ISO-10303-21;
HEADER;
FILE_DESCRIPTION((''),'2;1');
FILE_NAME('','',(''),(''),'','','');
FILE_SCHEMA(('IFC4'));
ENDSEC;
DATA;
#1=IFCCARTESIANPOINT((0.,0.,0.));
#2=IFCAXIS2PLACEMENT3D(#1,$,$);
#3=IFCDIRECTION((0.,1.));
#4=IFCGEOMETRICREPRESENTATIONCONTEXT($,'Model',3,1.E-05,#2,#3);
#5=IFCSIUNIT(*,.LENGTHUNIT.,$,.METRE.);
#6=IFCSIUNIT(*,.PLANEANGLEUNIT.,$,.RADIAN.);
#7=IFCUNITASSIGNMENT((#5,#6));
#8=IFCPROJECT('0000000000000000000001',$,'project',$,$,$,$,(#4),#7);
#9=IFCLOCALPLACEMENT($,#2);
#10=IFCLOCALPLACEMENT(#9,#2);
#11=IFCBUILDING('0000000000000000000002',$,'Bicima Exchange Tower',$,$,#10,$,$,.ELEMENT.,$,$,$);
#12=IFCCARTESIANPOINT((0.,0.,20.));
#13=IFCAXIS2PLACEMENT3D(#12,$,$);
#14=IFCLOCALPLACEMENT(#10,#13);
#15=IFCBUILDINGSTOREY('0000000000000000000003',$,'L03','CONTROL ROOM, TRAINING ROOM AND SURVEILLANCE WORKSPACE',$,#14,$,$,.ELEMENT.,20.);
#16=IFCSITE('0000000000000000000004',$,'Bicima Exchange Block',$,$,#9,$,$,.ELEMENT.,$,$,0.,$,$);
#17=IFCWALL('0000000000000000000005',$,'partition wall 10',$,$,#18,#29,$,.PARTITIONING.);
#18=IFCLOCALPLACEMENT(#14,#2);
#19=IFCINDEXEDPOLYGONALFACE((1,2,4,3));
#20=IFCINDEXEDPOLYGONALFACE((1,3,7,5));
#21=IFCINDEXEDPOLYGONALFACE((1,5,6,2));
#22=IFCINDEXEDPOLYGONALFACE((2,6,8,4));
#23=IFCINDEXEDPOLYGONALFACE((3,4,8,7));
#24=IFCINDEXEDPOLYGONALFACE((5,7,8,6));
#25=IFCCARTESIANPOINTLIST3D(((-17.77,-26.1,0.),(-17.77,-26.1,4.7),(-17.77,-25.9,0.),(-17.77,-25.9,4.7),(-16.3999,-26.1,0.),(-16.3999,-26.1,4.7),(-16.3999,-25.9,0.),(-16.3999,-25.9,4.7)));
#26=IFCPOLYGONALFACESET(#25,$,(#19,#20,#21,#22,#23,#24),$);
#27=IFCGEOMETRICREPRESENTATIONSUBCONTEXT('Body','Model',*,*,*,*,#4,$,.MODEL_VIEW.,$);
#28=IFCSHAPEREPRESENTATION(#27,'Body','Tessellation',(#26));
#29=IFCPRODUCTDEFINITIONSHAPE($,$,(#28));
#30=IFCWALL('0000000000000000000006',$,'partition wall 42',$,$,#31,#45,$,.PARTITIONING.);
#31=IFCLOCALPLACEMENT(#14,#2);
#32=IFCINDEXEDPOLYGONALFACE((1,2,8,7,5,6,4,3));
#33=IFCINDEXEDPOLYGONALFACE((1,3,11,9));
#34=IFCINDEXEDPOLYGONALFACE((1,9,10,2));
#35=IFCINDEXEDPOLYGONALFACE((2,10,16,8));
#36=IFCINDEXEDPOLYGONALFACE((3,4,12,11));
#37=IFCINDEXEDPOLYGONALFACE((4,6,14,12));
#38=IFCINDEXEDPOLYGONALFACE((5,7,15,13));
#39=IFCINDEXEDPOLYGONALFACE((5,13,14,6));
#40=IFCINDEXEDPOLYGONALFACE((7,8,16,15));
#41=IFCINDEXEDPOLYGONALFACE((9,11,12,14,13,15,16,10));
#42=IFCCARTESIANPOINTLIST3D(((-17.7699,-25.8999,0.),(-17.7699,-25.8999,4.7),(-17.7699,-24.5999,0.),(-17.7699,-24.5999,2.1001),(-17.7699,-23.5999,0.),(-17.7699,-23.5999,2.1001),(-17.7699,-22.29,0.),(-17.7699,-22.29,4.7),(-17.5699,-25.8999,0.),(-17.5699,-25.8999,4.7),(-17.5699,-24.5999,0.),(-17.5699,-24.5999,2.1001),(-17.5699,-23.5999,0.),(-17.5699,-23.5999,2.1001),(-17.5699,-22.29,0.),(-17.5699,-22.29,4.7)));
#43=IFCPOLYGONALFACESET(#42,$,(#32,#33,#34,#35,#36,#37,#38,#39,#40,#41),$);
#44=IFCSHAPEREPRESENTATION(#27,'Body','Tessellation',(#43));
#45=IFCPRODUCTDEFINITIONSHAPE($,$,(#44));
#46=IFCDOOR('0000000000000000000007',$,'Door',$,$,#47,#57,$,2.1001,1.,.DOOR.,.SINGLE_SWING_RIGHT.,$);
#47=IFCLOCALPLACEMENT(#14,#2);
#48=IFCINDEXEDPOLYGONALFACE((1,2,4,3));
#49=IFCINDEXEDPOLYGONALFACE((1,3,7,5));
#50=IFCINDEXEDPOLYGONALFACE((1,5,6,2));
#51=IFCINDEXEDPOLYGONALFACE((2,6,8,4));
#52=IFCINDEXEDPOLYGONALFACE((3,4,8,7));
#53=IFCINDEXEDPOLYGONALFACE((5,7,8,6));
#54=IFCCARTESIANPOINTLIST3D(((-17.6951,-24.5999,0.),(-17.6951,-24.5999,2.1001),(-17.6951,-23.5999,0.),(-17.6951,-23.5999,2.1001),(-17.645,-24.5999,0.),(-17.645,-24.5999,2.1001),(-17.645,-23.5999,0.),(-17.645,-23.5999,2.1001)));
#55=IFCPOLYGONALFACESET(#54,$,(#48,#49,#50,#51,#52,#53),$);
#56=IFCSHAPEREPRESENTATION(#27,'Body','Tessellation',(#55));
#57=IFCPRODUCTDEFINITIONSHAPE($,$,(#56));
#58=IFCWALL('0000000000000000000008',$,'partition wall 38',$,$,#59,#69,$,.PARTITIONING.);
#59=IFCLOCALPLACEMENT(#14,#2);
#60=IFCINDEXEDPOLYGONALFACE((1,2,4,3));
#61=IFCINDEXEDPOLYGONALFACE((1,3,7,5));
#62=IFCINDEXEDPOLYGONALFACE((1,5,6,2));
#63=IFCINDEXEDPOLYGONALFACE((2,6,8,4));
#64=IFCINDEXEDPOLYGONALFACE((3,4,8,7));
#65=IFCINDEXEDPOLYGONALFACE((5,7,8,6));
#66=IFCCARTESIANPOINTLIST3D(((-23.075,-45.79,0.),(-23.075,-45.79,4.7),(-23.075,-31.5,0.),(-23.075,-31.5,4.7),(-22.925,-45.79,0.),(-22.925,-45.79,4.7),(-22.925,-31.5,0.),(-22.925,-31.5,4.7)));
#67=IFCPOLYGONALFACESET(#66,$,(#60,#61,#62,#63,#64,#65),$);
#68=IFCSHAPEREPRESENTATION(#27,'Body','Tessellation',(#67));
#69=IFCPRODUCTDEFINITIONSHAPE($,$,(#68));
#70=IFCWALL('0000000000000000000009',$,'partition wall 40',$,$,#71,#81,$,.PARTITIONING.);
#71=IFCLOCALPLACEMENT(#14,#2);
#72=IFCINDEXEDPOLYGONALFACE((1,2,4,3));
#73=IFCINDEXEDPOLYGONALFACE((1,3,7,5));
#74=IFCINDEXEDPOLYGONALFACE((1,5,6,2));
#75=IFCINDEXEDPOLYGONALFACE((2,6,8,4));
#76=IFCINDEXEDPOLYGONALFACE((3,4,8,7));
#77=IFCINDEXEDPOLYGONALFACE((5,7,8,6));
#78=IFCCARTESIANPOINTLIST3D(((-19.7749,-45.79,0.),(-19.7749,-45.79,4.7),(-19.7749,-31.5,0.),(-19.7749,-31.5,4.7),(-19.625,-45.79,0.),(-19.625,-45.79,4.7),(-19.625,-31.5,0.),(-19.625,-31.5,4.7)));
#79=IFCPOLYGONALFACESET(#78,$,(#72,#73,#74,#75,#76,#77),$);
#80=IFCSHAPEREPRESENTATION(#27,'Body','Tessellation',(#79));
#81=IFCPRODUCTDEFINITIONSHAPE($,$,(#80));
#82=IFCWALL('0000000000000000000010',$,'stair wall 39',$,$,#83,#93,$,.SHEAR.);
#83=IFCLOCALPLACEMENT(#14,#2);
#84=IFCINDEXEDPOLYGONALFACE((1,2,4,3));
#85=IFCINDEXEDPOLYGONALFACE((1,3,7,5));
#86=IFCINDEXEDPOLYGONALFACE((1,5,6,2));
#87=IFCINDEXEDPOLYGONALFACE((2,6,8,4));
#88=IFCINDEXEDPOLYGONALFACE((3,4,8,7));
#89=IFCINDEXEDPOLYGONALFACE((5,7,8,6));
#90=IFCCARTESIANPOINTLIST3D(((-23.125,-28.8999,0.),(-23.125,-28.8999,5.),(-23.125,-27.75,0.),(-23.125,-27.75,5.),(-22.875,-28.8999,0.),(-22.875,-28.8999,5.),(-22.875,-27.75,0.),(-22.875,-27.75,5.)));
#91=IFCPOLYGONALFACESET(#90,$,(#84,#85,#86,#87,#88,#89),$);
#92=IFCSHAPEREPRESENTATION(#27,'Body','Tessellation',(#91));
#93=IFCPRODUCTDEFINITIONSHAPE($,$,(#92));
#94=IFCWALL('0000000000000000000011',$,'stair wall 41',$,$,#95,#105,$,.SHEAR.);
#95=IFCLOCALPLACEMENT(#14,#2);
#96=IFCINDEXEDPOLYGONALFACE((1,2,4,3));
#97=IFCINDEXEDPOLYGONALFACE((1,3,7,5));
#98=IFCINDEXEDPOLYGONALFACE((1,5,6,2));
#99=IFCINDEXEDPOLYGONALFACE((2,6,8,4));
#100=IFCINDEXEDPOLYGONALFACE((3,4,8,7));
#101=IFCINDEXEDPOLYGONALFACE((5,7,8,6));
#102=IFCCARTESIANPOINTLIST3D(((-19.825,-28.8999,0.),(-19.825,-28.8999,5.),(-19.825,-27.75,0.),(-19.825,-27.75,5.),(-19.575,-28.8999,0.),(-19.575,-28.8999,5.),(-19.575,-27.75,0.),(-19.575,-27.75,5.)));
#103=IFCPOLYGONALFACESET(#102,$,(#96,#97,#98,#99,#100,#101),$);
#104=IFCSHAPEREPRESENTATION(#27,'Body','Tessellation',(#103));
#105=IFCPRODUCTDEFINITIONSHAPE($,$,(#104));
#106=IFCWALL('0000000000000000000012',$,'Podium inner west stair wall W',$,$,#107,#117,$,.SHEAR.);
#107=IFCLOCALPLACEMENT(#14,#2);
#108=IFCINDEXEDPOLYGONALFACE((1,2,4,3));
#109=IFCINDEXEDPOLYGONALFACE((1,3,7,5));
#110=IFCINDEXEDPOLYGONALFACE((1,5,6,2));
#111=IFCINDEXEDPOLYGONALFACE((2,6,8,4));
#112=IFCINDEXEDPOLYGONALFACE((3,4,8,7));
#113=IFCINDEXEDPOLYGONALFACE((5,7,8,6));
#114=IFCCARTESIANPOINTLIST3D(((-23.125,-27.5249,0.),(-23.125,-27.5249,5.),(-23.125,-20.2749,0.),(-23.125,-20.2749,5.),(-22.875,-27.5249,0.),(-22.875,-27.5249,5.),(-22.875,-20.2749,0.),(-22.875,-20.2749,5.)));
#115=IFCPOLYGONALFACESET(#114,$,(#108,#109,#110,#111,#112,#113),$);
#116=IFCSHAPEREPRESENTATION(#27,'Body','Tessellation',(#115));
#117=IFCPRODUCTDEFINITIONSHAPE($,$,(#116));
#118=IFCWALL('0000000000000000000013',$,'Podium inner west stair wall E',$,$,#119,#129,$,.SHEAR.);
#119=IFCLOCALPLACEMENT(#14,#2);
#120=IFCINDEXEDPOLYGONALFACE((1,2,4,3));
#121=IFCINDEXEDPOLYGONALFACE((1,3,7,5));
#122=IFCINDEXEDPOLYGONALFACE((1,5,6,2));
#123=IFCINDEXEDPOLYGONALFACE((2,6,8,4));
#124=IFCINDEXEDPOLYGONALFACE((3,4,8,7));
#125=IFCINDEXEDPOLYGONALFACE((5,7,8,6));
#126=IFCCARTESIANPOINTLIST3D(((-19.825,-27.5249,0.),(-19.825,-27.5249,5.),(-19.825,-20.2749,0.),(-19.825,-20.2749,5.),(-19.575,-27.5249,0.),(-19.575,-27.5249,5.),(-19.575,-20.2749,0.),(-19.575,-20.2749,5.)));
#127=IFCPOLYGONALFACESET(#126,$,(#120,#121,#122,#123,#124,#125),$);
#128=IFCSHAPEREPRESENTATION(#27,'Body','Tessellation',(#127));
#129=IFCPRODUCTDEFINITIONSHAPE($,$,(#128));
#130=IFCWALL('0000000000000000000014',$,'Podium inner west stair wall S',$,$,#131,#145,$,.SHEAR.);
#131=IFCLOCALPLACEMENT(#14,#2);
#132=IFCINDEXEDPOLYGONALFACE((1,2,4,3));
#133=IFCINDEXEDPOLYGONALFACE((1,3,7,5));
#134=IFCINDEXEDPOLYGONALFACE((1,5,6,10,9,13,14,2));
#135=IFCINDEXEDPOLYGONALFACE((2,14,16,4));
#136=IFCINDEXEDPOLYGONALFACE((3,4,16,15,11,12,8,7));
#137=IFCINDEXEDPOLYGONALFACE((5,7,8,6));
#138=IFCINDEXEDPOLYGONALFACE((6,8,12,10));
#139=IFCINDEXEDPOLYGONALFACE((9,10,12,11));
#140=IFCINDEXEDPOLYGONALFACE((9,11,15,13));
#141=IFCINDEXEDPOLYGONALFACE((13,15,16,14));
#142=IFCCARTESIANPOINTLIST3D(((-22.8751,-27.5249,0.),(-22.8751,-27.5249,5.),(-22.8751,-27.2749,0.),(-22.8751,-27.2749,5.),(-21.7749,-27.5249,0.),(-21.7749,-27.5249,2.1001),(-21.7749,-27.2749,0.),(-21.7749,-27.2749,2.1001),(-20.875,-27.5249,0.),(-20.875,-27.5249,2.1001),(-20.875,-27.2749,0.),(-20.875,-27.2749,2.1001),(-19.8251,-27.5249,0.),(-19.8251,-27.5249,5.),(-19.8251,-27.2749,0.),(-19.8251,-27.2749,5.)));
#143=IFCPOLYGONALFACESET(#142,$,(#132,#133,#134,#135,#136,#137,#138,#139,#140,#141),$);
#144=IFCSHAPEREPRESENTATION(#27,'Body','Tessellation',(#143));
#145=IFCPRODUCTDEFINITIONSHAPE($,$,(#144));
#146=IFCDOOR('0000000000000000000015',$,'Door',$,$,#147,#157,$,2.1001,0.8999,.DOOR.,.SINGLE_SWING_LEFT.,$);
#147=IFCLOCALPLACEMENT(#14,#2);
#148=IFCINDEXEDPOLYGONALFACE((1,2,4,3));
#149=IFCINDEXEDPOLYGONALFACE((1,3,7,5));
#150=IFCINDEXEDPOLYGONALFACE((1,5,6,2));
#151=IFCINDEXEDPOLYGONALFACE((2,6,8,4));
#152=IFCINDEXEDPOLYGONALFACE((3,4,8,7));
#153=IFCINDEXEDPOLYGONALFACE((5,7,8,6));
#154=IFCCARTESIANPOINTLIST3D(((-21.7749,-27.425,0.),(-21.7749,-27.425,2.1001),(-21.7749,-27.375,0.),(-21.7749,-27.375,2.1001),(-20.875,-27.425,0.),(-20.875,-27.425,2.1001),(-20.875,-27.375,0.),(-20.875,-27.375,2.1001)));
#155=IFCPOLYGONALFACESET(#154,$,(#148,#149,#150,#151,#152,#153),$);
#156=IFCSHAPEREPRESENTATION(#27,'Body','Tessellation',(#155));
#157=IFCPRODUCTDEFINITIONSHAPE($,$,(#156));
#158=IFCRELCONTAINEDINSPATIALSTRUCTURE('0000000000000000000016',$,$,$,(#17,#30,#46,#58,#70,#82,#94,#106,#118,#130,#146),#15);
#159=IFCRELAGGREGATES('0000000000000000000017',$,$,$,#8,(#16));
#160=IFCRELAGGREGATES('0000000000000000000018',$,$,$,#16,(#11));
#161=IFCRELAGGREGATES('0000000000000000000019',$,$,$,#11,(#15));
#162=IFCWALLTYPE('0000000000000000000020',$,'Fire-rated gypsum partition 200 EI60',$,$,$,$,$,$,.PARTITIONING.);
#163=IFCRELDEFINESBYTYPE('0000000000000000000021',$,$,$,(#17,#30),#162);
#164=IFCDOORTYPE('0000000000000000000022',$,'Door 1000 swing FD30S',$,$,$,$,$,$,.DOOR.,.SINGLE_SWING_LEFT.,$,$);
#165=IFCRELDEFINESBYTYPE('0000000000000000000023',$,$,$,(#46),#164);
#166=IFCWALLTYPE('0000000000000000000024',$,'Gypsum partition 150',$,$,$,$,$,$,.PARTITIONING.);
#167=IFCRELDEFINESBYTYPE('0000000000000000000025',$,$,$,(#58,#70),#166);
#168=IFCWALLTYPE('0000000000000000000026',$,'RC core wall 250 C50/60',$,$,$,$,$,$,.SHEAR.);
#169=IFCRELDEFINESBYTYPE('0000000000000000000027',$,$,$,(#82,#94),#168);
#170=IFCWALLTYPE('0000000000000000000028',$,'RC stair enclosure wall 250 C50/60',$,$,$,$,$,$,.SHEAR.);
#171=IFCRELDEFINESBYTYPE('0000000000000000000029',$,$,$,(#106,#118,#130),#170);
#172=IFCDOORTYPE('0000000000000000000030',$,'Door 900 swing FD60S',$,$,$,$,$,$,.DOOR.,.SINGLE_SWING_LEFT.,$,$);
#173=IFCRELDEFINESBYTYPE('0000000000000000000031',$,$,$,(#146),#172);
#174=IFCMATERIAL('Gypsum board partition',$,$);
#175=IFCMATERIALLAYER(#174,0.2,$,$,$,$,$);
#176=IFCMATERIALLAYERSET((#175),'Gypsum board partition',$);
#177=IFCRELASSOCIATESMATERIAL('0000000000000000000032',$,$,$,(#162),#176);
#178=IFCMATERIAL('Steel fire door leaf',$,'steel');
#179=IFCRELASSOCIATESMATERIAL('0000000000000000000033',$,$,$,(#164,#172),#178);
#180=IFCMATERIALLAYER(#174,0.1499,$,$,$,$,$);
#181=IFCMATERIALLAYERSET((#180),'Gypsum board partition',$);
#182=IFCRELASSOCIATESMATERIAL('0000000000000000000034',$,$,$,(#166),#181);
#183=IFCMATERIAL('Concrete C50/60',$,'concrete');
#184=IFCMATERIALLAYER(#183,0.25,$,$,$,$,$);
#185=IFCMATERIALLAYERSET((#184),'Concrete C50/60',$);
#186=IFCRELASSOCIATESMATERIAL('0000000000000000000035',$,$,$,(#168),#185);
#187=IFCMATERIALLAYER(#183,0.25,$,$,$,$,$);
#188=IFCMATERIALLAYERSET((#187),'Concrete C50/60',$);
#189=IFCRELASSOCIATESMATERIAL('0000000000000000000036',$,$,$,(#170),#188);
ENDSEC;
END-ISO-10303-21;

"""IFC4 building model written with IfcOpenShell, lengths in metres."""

from ifc_helpers import new_model, si_unit, direction, frame, frame_2d, origin, place, context, subcontext, project, spatial, rectangle, extrude, material, layer, layer_set, type_object, element, fill, save


model = new_model("IFC4")

# Units and contexts
model_context = context("Model", 3, precision=1e-05, world=origin(), true_north=direction((0.0, 1.0)))
body_context = subcontext(model_context, "Body", "Model", "MODEL_VIEW")
ifc_project = project(units=[si_unit("LENGTHUNIT", "METRE"), si_unit("PLANEANGLEUNIT", "RADIAN")], contexts=[model_context])

# Site, building, storey
site_placement = place(None, origin())
site = spatial("IfcSite", under=ifc_project, at=site_placement, Name="Bicima Exchange Block", CompositionType="ELEMENT", RefElevation=0.0)
building_placement = place(site_placement, origin())
building = spatial("IfcBuilding", under=site, at=building_placement, Name="Bicima Exchange Tower", CompositionType="ELEMENT")
storey_placement = place(building_placement, frame((0.0, 0.0, 20.0)))
storey = spatial("IfcBuildingStorey", under=building, at=storey_placement, Name="L03", Description="CONTROL ROOM, TRAINING ROOM AND SURVEILLANCE WORKSPACE", CompositionType="ELEMENT", Elevation=20.0)

# Wall
ifc_material_1 = material(Name="Gypsum board partition")
ifc_layer_1 = layer(ifc_material_1, 0.2)
ifc_layer_set_1 = layer_set([ifc_layer_1], Name="Gypsum board partition")
wall_type_1 = type_object("IfcWallType", Name="Fire-rated gypsum partition 200 EI60", PredefinedType="PARTITIONING", material=ifc_layer_set_1)
wall_1_placement = place(storey_placement, frame((-17.77, -26.0, 0.0), z_axis=(0.0, 0.0, 1.0), x_axis=(1.0, 0.0, 0.0)))
element("IfcWall", 1, at=wall_1_placement, inside=storey, type_object=wall_type_1, Name="partition wall 10", PredefinedType="PARTITIONING", context=body_context, shape_type="SweptSolid", body=[
    extrude(rectangle(XDim=1.3701, YDim=0.2, at=frame_2d((0.6851, 0.0))), origin(), (0.0, 0.0, 1.0), 4.7),
])

# Wall, opening, door
wall_2_placement = place(storey_placement, frame((-17.6699, -25.8999, 0.0), z_axis=(0.0, 0.0, 1.0), x_axis=(0.0, 1.0, 0.0)))
wall_2 = element("IfcWall", 2, at=wall_2_placement, inside=storey, type_object=wall_type_1, Name="partition wall 42", PredefinedType="PARTITIONING", context=body_context, shape_type="SweptSolid", body=[
    extrude(rectangle(XDim=3.6099, YDim=0.2, at=frame_2d((1.8049, 0.0))), origin(), (0.0, 0.0, 1.0), 4.7),
])
opening_1_placement = place(wall_2_placement, frame((1.3, 0.0, 0.0)))
opening_1 = element("IfcOpeningElement", 3, at=opening_1_placement, cuts=wall_2, PredefinedType="OPENING", context=body_context, shape_type="SweptSolid", body=[
    extrude(rectangle(XDim=1.0, YDim=2.1001, at=frame_2d((0.5, 1.05))), frame((0.0, 0.1118, 0.0), z_axis=(0.0, -1.0, 0.0), x_axis=(1.0, 0.0, 0.0)), (0.0, 0.0, 1.0), 0.2239),
])
ifc_material_2 = material(Name="Steel fire door leaf", Category="steel")
door_type_1 = type_object("IfcDoorType", Name="Door 1000 swing FD30S", OperationType="SINGLE_SWING_LEFT", PredefinedType="DOOR", material=ifc_material_2)
door_1_placement = place(opening_1_placement, frame((1.0, 0.0, 0.0), z_axis=(0.0, 0.0, 1.0), x_axis=(-1.0, 0.0, 0.0)))
door_1 = element("IfcDoor", 4, at=door_1_placement, inside=storey, type_object=door_type_1, Name="Door", OperationType="SINGLE_SWING_RIGHT", OverallHeight=2.1001, OverallWidth=1.0, PredefinedType="DOOR", context=body_context, shape_type="SweptSolid", body=[
    extrude(rectangle(XDim=1.0, YDim=2.1001, at=frame_2d((0.5, 1.05))), frame((0.0, 0.0249, 0.0), z_axis=(0.0, -1.0, 0.0), x_axis=(1.0, 0.0, 0.0)), (0.0, 0.0, 1.0), 0.05),
])
fill(opening_1, door_1)

# Walls
ifc_layer_2 = layer(ifc_material_1, 0.1499)
ifc_layer_set_2 = layer_set([ifc_layer_2], Name="Gypsum board partition")
wall_type_2 = type_object("IfcWallType", Name="Gypsum partition 150", PredefinedType="PARTITIONING", material=ifc_layer_set_2)
for number, where, z_axis, x_axis, name in (
    (5, (-23.0, -45.79, 0.0), (0.0, 0.0, 1.0), (0.0, 1.0, 0.0), "partition wall 38"),
    (6, (-19.7, -45.79, 0.0), (0.0, 0.0, 1.0), (0.0, 1.0, 0.0), "partition wall 40"),
):
    element("IfcWall", number, at=place(storey_placement, frame(where, z_axis=z_axis, x_axis=x_axis)), inside=storey, type_object=wall_type_2, Name=name, PredefinedType="PARTITIONING", context=body_context, shape_type="SweptSolid", body=[
        extrude(rectangle(XDim=14.29, YDim=0.1499, at=frame_2d((7.145, 0.0))), origin(), (0.0, 0.0, 1.0), 4.7),
    ])
ifc_material_3 = material(Name="Concrete C50/60", Category="concrete")
ifc_layer_3 = layer(ifc_material_3, 0.25)
ifc_layer_set_3 = layer_set([ifc_layer_3], Name="Concrete C50/60")
wall_type_3 = type_object("IfcWallType", Name="RC core wall 250 C50/60", PredefinedType="SHEAR", material=ifc_layer_set_3)
for number, where, z_axis, x_axis, name in (
    (7, (-23.0, -28.8999, 0.0), (0.0, 0.0, 1.0), (0.0, 1.0, 0.0), "stair wall 39"),
    (8, (-19.7, -28.8999, 0.0), (0.0, 0.0, 1.0), (0.0, 1.0, 0.0), "stair wall 41"),
):
    element("IfcWall", number, at=place(storey_placement, frame(where, z_axis=z_axis, x_axis=x_axis)), inside=storey, type_object=wall_type_3, Name=name, PredefinedType="SHEAR", context=body_context, shape_type="SweptSolid", body=[
        extrude(rectangle(XDim=1.1499, YDim=0.25, at=frame_2d((0.575, 0.0))), origin(), (0.0, 0.0, 1.0), 5.0),
    ])
ifc_layer_4 = layer(ifc_material_3, 0.25)
ifc_layer_set_4 = layer_set([ifc_layer_4], Name="Concrete C50/60")
wall_type_4 = type_object("IfcWallType", Name="RC stair enclosure wall 250 C50/60", PredefinedType="SHEAR", material=ifc_layer_set_4)
for number, where, z_axis, x_axis, name in (
    (9, (-23.0, -27.5249, 0.0), (0.0, 0.0, 1.0), (0.0, 1.0, 0.0), "Podium inner west stair wall W"),
    (10, (-19.7, -27.5249, 0.0), (0.0, 0.0, 1.0), (0.0, 1.0, 0.0), "Podium inner west stair wall E"),
):
    element("IfcWall", number, at=place(storey_placement, frame(where, z_axis=z_axis, x_axis=x_axis)), inside=storey, type_object=wall_type_4, Name=name, PredefinedType="SHEAR", context=body_context, shape_type="SweptSolid", body=[
        extrude(rectangle(XDim=7.25, YDim=0.25, at=frame_2d((3.625, 0.0))), origin(), (0.0, 0.0, 1.0), 5.0),
    ])

# Wall, opening, door
wall_3_placement = place(storey_placement, frame((-22.875, -27.3999, 0.0), z_axis=(0.0, 0.0, 1.0), x_axis=(1.0, 0.0, 0.0)))
wall_3 = element("IfcWall", 11, at=wall_3_placement, inside=storey, type_object=wall_type_4, Name="Podium inner west stair wall S", PredefinedType="SHEAR", context=body_context, shape_type="SweptSolid", body=[
    extrude(rectangle(XDim=3.05, YDim=0.25, at=frame_2d((1.5249, 0.0))), origin(), (0.0, 0.0, 1.0), 5.0),
])
opening_2_placement = place(wall_3_placement, frame((1.1001, 0.0, 0.0)))
opening_2 = element("IfcOpeningElement", 12, at=opening_2_placement, cuts=wall_3, PredefinedType="OPENING", context=body_context, shape_type="SweptSolid", body=[
    extrude(rectangle(XDim=0.8999, YDim=2.1001, at=frame_2d((0.45, 1.05))), frame((0.0, 0.137, 0.0), z_axis=(0.0, -1.0, 0.0), x_axis=(1.0, 0.0, 0.0)), (0.0, 0.0, 1.0), 0.2739),
])
door_type_2 = type_object("IfcDoorType", Name="Door 900 swing FD60S", OperationType="SINGLE_SWING_LEFT", PredefinedType="DOOR", material=ifc_material_2)
door_2_placement = place(opening_2_placement, origin())
door_2 = element("IfcDoor", 13, at=door_2_placement, inside=storey, type_object=door_type_2, Name="Door", OperationType="SINGLE_SWING_LEFT", OverallHeight=2.1001, OverallWidth=0.8999, PredefinedType="DOOR", context=body_context, shape_type="SweptSolid", body=[
    extrude(rectangle(XDim=0.8999, YDim=2.1001, at=frame_2d((0.45, 1.05))), frame((0.0, 0.0249, 0.0), z_axis=(0.0, -1.0, 0.0), x_axis=(1.0, 0.0, 0.0)), (0.0, 0.0, 1.0), 0.05),
])
fill(opening_2, door_2)

save(model, "model.ifc")
